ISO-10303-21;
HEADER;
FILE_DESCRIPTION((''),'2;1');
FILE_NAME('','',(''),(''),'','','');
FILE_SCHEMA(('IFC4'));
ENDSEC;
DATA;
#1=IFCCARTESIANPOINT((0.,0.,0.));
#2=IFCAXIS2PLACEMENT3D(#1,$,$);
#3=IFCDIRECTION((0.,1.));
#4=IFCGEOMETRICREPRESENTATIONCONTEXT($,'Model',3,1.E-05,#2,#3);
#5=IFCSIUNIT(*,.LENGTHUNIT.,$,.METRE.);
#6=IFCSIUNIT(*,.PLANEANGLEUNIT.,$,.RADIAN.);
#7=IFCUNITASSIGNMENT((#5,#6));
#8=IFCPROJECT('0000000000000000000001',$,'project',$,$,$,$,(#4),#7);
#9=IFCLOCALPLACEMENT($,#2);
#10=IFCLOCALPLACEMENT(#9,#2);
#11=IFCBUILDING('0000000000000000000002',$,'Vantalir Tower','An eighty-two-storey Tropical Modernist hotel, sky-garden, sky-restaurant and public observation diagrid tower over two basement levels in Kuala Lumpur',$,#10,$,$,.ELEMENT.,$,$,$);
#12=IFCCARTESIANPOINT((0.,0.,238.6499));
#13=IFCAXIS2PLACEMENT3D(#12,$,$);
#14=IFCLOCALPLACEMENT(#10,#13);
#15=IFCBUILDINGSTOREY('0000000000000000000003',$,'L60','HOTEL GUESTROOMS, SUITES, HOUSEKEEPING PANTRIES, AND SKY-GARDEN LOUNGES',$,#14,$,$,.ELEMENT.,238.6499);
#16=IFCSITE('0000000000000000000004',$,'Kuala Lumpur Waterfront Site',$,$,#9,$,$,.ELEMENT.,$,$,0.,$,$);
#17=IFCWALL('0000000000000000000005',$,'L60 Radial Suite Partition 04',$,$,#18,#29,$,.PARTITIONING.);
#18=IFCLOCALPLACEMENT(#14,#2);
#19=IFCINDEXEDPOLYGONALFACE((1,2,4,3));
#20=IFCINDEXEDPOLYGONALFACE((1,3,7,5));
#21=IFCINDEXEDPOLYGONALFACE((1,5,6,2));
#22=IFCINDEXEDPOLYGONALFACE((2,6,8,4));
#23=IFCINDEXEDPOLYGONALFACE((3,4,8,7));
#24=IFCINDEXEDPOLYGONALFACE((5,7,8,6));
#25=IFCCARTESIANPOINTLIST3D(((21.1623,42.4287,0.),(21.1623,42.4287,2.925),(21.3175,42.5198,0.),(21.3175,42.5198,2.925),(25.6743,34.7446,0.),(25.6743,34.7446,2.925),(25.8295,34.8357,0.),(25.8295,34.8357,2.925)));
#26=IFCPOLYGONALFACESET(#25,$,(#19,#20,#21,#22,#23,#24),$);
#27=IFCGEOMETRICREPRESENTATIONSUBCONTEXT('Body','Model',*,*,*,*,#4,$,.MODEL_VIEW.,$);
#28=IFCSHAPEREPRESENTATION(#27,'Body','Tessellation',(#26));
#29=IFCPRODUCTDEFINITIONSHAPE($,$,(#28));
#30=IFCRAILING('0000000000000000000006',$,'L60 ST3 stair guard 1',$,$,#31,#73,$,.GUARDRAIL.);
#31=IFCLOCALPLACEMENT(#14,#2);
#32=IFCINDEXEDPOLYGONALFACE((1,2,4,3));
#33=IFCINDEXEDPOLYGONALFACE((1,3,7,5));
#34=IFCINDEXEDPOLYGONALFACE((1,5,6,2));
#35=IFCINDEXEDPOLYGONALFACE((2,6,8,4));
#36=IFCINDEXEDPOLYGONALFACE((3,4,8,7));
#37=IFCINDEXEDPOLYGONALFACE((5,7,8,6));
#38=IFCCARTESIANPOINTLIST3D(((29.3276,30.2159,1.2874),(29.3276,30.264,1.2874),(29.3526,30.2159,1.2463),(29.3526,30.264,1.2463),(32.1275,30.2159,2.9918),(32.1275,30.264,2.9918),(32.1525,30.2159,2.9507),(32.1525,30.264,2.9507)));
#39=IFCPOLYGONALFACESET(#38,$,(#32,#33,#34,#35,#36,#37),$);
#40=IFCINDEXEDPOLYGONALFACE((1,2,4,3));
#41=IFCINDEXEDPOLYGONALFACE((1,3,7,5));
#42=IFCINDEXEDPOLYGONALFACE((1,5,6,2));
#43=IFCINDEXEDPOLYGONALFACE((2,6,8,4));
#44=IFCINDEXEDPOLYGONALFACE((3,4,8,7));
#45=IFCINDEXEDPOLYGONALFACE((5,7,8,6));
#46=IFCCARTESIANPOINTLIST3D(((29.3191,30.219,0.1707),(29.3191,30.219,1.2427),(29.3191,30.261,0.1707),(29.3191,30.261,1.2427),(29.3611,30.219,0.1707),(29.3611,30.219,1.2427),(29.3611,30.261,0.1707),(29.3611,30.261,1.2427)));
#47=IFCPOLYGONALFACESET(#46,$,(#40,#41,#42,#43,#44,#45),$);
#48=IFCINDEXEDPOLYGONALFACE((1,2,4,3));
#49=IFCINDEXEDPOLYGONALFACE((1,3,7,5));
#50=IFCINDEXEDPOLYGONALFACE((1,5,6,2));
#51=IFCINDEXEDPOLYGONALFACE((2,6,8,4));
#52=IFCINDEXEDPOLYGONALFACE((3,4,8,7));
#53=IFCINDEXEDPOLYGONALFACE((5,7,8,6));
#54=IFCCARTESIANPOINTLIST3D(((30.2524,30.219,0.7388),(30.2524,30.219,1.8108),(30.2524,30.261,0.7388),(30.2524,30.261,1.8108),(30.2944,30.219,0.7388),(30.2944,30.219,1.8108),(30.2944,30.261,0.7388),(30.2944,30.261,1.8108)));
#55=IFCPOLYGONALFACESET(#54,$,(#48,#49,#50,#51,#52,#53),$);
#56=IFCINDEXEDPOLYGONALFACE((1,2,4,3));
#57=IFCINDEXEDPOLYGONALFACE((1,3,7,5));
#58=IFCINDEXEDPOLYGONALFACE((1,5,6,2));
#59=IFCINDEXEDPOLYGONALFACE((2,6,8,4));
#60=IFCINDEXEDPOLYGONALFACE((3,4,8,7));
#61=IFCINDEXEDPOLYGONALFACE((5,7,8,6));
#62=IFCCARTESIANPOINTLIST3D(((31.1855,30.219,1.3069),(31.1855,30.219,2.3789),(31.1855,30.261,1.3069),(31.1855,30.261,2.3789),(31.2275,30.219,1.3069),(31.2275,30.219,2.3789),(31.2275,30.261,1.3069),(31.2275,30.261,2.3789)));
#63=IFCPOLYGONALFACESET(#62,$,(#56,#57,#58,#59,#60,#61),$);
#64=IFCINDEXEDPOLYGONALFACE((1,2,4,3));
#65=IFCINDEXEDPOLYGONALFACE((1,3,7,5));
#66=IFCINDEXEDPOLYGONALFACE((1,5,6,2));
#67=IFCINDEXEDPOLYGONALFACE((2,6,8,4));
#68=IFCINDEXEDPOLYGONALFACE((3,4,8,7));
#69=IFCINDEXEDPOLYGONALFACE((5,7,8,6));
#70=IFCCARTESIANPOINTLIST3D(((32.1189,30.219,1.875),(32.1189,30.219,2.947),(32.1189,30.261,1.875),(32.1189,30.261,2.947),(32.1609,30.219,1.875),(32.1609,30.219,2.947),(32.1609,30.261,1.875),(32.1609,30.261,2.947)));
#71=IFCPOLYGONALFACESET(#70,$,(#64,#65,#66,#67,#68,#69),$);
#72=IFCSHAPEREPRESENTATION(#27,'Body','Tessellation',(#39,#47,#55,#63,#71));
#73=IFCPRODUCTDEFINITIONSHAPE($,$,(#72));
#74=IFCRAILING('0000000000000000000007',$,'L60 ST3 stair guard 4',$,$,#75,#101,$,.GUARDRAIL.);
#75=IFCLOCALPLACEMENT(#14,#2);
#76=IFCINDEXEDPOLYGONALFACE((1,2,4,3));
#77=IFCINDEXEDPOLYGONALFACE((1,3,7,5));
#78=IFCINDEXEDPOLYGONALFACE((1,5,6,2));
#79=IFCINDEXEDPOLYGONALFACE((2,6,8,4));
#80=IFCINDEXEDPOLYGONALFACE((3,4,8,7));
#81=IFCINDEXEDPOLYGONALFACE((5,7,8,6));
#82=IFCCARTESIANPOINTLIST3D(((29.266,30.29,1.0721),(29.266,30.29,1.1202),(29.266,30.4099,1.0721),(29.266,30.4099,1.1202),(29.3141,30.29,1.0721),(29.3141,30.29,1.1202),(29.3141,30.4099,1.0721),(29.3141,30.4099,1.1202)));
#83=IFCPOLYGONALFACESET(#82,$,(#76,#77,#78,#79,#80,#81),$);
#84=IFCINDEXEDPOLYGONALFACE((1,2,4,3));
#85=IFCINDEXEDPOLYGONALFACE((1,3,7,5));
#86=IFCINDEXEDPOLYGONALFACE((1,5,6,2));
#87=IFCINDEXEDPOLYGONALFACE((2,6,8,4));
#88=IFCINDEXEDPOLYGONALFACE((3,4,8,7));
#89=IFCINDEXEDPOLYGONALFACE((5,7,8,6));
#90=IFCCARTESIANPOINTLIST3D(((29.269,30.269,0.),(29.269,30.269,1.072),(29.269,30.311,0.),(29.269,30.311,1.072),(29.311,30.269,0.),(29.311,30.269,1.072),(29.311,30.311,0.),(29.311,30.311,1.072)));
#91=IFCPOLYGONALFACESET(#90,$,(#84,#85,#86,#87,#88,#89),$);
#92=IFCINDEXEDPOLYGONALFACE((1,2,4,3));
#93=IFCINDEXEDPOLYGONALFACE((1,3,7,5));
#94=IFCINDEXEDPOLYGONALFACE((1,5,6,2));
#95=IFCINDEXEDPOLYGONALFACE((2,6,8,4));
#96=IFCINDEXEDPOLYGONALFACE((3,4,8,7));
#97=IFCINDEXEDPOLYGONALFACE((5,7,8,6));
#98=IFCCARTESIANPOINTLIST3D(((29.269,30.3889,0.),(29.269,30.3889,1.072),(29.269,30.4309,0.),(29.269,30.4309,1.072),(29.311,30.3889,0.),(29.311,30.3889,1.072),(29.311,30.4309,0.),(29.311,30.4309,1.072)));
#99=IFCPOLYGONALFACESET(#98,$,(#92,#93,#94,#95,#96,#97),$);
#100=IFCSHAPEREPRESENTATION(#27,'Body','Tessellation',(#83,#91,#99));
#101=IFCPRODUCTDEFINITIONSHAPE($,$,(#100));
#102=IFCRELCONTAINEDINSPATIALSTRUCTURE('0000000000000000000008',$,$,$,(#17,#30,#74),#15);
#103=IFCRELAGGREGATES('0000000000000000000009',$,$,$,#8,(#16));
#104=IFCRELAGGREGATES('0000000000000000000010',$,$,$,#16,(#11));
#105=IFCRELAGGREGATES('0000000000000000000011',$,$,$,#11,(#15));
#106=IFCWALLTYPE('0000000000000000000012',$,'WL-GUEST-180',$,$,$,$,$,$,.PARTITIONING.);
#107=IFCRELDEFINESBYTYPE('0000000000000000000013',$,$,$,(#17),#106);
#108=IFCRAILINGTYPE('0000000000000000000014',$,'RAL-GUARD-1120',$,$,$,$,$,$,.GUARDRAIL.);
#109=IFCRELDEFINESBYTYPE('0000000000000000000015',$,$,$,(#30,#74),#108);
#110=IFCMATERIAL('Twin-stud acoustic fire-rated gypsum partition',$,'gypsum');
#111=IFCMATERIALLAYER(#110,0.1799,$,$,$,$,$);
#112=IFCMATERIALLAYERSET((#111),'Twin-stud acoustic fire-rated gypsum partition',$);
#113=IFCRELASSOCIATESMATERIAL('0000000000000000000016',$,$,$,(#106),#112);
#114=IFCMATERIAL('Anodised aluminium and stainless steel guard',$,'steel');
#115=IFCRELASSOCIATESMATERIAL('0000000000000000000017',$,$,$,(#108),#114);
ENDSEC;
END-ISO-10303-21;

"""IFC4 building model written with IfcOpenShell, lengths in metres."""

from ifc_helpers import new_model, si_unit, direction, frame, frame_2d, origin, origin_2d, place, context, subcontext, project, spatial, rectangle, extrude, material, layer, layer_set, type_object, element, save


model = new_model("IFC4")

# Units and contexts
model_context = context("Model", 3, precision=1e-05, world=origin(), true_north=direction((0.0, 1.0)))
body_context = subcontext(model_context, "Body", "Model", "MODEL_VIEW")
ifc_project = project(units=[si_unit("LENGTHUNIT", "METRE"), si_unit("PLANEANGLEUNIT", "RADIAN")], contexts=[model_context])

# Site, building, storey
site_placement = place(None, origin())
site = spatial("IfcSite", under=ifc_project, at=site_placement, Name="Kuala Lumpur Waterfront Site", CompositionType="ELEMENT", RefElevation=0.0)
building_placement = place(site_placement, origin())
building = spatial("IfcBuilding", under=site, at=building_placement, Name="Vantalir Tower", Description="An eighty-two-storey Tropical Modernist hotel, sky-garden, sky-restaurant and public observation diagrid tower over two basement levels in Kuala Lumpur", CompositionType="ELEMENT")
storey_placement = place(building_placement, frame((0.0, 0.0, 238.6499)))
storey = spatial("IfcBuildingStorey", under=building, at=storey_placement, Name="L60", Description="HOTEL GUESTROOMS, SUITES, HOUSEKEEPING PANTRIES, AND SKY-GARDEN LOUNGES", CompositionType="ELEMENT", Elevation=238.6499)

# Wall
ifc_material_1 = material(Name="Twin-stud acoustic fire-rated gypsum partition", Category="gypsum")
ifc_layer_1 = layer(ifc_material_1, 0.1799)
ifc_layer_set_1 = layer_set([ifc_layer_1], Name="Twin-stud acoustic fire-rated gypsum partition")
wall_type_1 = type_object("IfcWallType", Name="WL-GUEST-180", PredefinedType="PARTITIONING", material=ifc_layer_set_1)
wall_1_placement = place(storey_placement, frame((25.752, 34.79, 0.0), z_axis=(0.0, 0.0, 1.0), x_axis=(-0.506346, 0.86233, 0.0)))
element("IfcWall", 1, at=wall_1_placement, inside=storey, type_object=wall_type_1, Name="L60 Radial Suite Partition 04", PredefinedType="PARTITIONING", context=body_context, shape_type="SweptSolid", body=[
    extrude(rectangle(XDim=8.9109, YDim=0.1799, at=frame_2d((4.4556, 0.0))), origin(), (0.0, 0.0, 1.0), 2.925),
])

# Railings
ifc_material_2 = material(Name="Anodised aluminium and stainless steel guard", Category="steel")
railing_type = type_object("IfcRailingType", Name="RAL-GUARD-1120", PredefinedType="GUARDRAIL", material=ifc_material_2)
railing_1_placement = place(storey_placement, frame((29.3401, 30.24, 0.1707)))
element("IfcRailing", 2, at=railing_1_placement, inside=storey, type_object=railing_type, Name="L60 ST3 stair guard 1", PredefinedType="GUARDRAIL", context=body_context, shape_type="SweptSolid", body=[
    extrude(rectangle(XDim=0.0481, YDim=0.0481, at=origin_2d()), frame((0.0, 0.0, 1.0962), z_axis=(0.854183, 0.0, 0.519973), x_axis=(0.0, 1.0, 0.0)), (0.0, 0.0, 1.0), 3.2778),
    extrude(rectangle(XDim=0.042, YDim=0.042, at=origin_2d()), origin(), (0.0, 0.0, 1.0), 1.072),
    extrude(rectangle(XDim=0.042, YDim=0.042, at=origin_2d()), frame((0.9333, 0.0, 0.5681)), (0.0, 0.0, 1.0), 1.072),
    extrude(rectangle(XDim=0.042, YDim=0.042, at=origin_2d()), frame((1.8665, 0.0, 1.1362)), (0.0, 0.0, 1.0), 1.072),
    extrude(rectangle(XDim=0.042, YDim=0.042, at=origin_2d()), frame((2.7998, 0.0, 1.7043)), (0.0, 0.0, 1.0), 1.072),
])
railing_2_placement = place(storey_placement, frame((29.29, 30.29, 0.0)))
element("IfcRailing", 3, at=railing_2_placement, inside=storey, type_object=railing_type, Name="L60 ST3 stair guard 4", PredefinedType="GUARDRAIL", context=body_context, shape_type="SweptSolid", body=[
    extrude(rectangle(XDim=0.0481, YDim=0.0481, at=origin_2d()), frame((0.0, 0.0, 1.0962), z_axis=(0.0, 1.0, 0.0), x_axis=(-1.0, 0.0, 0.0)), (0.0, 0.0, 1.0), 0.1199),
    extrude(rectangle(XDim=0.042, YDim=0.042, at=origin_2d()), origin(), (0.0, 0.0, 1.0), 1.072),
    extrude(rectangle(XDim=0.042, YDim=0.042, at=origin_2d()), frame((0.0, 0.1199, 0.0)), (0.0, 0.0, 1.0), 1.072),
])

save(model, "model.ifc")
